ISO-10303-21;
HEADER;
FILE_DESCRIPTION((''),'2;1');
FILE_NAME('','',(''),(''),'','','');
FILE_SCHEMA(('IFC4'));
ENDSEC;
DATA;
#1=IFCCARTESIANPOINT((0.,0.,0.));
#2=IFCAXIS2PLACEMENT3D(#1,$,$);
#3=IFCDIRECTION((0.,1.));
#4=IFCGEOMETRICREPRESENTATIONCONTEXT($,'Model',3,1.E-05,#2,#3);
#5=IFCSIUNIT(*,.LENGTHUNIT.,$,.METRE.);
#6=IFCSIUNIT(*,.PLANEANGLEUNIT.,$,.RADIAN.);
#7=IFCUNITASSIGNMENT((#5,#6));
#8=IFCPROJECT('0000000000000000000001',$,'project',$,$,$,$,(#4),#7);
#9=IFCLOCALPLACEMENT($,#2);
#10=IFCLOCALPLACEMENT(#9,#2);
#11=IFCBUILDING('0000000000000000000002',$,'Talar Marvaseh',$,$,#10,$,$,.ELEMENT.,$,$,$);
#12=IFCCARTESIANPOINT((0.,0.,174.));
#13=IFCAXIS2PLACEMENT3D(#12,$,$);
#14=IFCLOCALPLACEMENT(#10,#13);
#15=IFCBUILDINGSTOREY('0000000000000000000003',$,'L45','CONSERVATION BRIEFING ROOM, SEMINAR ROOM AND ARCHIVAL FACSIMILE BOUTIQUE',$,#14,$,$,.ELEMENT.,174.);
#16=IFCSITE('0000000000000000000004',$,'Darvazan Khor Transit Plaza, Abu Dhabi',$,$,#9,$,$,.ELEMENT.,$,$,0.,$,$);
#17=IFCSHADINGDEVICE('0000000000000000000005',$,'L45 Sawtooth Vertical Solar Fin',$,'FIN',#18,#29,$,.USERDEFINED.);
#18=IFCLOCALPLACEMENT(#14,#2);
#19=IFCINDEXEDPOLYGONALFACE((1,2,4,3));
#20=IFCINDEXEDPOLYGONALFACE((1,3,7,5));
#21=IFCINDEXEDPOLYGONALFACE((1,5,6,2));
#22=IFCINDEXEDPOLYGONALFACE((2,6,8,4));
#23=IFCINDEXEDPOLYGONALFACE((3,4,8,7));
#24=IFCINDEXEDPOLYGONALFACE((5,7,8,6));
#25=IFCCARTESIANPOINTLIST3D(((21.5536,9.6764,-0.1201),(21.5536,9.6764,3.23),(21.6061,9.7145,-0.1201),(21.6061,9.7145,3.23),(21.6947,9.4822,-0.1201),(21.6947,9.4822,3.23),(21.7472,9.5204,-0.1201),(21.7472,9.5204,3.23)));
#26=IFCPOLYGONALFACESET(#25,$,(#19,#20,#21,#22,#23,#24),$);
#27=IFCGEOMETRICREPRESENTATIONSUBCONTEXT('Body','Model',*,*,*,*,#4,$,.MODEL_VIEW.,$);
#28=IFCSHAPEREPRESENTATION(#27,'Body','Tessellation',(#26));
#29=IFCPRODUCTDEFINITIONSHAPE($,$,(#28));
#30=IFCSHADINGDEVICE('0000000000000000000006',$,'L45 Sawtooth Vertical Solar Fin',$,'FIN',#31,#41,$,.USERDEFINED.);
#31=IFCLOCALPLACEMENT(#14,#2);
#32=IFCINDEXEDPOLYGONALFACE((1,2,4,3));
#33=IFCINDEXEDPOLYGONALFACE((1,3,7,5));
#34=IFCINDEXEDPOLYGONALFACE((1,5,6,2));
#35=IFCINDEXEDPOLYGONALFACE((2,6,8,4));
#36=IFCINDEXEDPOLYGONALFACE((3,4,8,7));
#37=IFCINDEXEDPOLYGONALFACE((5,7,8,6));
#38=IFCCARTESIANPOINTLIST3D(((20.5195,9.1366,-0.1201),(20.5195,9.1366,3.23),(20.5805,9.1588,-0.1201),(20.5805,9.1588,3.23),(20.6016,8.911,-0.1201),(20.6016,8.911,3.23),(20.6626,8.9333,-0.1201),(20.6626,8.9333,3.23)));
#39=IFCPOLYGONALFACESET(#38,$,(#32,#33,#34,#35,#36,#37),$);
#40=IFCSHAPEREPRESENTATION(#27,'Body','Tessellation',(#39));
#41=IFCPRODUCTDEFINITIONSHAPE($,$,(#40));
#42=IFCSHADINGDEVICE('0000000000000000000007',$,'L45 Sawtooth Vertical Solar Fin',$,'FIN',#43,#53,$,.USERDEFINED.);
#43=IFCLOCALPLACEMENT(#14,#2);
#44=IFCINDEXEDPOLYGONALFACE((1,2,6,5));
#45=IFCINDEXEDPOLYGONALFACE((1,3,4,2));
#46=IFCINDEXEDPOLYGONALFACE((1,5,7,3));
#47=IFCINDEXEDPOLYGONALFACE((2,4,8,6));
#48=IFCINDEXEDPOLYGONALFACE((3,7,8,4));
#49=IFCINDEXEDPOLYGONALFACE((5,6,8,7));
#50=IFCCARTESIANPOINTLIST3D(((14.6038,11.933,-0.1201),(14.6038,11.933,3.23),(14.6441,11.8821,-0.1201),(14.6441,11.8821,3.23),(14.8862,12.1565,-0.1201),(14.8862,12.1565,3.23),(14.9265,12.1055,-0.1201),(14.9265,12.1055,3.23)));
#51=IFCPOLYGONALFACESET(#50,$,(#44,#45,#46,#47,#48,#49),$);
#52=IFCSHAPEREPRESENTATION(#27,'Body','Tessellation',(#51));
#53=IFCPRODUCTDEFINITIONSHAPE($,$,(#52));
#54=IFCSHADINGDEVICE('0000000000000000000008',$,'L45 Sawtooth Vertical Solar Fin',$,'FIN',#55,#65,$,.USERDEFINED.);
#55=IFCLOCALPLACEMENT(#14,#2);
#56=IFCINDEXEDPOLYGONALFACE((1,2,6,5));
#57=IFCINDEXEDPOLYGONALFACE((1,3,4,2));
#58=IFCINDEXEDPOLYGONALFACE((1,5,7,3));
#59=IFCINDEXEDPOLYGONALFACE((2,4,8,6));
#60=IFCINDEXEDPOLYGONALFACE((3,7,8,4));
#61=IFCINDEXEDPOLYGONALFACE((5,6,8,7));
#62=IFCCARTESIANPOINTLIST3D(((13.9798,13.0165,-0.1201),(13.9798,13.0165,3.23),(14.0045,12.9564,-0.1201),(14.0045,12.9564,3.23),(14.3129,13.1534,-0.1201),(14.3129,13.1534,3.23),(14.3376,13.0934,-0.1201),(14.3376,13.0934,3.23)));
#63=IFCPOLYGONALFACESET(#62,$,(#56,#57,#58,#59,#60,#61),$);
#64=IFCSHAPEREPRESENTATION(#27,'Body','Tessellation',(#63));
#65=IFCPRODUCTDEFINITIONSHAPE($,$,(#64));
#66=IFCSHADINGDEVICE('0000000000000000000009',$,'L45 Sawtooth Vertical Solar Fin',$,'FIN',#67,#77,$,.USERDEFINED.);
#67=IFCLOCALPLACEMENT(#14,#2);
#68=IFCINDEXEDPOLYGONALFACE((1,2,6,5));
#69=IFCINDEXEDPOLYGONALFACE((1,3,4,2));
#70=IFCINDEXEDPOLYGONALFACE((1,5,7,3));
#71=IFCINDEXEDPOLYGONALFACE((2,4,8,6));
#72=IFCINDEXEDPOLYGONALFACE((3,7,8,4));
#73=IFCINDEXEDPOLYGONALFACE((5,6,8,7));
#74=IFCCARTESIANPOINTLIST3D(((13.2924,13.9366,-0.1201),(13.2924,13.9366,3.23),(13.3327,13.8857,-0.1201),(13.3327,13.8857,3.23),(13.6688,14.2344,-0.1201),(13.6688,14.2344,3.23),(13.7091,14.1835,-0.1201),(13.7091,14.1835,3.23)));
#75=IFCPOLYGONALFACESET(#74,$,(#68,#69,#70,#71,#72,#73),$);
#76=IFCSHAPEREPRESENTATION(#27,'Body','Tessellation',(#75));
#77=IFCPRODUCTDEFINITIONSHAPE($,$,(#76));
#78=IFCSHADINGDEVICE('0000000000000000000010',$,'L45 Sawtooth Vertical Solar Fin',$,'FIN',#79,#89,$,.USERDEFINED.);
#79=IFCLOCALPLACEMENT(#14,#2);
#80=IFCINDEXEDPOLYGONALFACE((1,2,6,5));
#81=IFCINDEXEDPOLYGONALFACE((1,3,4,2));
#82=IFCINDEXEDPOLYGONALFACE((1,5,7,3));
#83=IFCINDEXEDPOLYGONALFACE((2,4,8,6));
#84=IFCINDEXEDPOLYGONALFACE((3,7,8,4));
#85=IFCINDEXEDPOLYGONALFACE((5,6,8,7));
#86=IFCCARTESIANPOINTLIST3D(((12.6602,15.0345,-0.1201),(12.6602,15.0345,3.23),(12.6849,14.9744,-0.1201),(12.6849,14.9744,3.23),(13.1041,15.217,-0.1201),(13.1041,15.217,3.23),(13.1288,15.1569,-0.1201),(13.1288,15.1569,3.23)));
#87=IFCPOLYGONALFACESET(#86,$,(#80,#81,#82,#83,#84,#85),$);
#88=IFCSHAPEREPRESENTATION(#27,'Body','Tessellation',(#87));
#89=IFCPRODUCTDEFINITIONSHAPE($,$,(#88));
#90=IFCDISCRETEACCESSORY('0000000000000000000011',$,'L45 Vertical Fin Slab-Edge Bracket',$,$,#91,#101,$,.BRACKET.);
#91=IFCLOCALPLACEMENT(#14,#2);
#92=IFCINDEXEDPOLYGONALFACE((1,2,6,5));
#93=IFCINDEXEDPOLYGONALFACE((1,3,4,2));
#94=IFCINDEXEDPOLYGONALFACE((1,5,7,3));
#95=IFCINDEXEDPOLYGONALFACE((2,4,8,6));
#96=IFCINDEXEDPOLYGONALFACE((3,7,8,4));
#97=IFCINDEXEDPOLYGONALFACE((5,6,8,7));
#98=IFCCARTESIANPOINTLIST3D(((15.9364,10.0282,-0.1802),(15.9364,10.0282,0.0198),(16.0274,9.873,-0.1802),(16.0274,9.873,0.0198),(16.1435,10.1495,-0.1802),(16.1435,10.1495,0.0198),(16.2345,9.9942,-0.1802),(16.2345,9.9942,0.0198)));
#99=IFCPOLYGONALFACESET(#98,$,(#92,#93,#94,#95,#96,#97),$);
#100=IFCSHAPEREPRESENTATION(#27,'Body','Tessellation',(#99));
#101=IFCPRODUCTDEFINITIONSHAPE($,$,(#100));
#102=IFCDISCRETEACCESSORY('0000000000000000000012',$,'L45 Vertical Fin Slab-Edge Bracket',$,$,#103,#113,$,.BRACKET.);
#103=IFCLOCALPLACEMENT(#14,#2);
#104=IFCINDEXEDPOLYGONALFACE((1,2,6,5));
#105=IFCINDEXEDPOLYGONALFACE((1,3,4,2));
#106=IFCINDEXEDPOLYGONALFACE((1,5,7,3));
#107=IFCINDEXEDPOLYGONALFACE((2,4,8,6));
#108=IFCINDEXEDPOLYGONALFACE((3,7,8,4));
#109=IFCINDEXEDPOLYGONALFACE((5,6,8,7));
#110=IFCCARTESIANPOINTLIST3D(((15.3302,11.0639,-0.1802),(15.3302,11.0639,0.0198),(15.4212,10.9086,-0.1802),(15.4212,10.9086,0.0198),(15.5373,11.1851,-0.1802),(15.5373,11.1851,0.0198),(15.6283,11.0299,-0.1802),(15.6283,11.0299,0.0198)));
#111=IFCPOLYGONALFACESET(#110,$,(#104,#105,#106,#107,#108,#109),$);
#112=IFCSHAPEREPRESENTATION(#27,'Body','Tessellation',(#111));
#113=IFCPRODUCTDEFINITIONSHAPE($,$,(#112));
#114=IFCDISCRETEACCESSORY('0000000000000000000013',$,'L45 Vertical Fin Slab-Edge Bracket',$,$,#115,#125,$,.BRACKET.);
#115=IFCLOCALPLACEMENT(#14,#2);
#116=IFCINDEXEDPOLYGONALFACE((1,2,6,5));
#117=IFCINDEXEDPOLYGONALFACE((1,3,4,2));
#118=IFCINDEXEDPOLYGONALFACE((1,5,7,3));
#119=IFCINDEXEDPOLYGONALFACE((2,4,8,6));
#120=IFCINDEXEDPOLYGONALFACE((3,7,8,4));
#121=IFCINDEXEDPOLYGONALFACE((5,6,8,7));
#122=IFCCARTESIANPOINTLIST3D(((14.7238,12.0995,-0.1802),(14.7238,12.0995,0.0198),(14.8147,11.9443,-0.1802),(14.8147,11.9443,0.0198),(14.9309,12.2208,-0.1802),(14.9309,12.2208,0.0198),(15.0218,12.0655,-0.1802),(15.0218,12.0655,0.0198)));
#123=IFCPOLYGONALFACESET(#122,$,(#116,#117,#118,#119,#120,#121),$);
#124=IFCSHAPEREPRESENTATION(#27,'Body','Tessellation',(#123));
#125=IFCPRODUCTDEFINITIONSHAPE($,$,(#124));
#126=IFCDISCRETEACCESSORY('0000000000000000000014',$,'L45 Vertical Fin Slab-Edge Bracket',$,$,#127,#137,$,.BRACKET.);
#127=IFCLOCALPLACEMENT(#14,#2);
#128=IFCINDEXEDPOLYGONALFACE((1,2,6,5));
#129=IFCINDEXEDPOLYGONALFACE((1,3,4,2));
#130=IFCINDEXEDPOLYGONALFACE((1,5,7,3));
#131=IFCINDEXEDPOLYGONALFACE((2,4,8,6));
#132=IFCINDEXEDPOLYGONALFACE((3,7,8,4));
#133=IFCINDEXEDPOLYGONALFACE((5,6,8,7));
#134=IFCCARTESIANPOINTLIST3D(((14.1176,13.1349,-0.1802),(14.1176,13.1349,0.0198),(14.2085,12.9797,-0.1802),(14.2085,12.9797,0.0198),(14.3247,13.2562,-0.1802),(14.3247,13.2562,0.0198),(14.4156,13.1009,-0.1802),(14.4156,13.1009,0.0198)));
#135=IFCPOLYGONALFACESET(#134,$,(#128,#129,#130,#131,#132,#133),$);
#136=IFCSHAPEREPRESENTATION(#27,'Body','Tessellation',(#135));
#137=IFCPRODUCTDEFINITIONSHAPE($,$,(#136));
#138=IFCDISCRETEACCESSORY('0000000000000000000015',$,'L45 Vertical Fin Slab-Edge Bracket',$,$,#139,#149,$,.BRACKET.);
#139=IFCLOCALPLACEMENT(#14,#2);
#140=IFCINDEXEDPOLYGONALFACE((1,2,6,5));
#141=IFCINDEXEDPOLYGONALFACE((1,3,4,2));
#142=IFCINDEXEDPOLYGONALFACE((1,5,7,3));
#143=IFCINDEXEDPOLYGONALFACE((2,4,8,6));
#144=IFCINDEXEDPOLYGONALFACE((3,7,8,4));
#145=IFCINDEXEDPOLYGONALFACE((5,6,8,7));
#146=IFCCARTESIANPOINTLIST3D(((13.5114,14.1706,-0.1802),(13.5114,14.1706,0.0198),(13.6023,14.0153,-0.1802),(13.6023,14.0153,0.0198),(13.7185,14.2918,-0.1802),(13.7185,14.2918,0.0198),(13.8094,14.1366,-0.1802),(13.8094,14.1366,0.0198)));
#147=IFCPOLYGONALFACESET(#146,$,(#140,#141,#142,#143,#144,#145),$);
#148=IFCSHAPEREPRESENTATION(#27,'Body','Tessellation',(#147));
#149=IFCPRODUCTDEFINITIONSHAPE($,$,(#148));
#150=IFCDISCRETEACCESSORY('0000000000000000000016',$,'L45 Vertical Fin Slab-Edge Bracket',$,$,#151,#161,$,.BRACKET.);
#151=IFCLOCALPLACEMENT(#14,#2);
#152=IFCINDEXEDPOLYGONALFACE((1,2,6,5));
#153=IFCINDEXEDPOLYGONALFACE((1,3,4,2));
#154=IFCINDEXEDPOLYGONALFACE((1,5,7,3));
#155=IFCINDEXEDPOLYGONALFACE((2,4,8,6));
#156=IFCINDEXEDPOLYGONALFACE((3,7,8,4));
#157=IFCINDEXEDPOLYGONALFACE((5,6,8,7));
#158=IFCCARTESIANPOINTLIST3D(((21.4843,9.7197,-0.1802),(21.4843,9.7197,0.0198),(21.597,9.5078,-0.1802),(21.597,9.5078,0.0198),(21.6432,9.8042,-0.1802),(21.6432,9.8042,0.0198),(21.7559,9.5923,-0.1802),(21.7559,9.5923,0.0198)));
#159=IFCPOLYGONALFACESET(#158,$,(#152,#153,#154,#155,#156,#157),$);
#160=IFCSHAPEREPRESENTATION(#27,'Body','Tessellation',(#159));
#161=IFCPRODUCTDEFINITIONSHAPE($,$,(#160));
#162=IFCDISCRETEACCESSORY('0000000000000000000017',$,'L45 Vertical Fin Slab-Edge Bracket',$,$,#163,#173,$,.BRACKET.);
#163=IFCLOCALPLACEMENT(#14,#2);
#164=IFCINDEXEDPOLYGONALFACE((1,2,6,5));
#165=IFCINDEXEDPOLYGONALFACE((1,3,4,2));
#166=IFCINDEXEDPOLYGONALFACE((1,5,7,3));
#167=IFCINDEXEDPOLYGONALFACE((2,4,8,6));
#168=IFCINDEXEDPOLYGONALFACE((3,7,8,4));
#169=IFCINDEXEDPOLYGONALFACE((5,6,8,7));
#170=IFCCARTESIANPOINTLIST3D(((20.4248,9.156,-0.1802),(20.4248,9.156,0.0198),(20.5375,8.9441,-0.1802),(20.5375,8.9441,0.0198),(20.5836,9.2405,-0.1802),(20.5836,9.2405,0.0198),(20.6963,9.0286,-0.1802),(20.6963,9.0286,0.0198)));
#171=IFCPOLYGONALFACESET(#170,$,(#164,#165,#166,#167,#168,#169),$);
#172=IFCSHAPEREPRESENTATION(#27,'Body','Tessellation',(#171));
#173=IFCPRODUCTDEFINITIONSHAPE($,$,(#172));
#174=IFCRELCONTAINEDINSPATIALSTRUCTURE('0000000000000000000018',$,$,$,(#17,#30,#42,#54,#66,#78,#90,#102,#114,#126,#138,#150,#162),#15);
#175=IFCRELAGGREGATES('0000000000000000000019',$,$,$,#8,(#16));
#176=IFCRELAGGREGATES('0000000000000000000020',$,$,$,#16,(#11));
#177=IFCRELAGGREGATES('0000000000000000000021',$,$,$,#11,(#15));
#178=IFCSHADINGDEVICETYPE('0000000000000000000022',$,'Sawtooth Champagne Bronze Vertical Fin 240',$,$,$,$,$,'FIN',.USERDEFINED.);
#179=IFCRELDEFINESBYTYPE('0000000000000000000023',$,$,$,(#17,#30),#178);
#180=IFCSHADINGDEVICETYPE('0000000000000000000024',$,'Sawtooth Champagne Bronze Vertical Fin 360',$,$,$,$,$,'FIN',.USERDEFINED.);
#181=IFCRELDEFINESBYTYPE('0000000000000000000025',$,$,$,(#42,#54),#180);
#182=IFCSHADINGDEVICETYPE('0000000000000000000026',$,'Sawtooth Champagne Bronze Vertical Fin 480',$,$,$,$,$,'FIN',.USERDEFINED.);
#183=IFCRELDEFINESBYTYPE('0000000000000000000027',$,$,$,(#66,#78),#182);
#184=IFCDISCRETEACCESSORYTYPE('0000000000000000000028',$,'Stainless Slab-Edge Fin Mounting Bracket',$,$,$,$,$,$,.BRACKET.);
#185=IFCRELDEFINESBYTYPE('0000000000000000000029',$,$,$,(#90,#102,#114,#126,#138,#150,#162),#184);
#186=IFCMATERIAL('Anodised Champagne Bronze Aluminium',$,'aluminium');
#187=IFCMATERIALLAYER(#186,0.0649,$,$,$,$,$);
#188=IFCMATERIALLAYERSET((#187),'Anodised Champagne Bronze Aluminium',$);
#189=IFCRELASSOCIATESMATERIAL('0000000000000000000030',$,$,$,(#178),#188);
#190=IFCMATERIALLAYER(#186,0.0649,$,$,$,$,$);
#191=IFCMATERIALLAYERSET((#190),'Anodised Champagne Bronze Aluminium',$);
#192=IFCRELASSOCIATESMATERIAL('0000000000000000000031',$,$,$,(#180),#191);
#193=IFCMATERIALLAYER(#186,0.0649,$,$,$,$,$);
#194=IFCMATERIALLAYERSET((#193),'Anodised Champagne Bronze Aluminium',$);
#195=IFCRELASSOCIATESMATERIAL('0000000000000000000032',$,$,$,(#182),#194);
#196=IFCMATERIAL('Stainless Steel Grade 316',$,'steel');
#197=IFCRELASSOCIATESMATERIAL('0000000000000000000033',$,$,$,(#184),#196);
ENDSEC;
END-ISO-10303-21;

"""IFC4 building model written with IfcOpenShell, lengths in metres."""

from ifc_helpers import new_model, si_unit, direction, frame, origin, origin_2d, place, context, subcontext, project, spatial, rectangle, extrude, source, transform, mapped, material, layer, layer_set, type_object, type_shapes, element, save


model = new_model("IFC4")

# Units and contexts
model_context = context("Model", 3, precision=1e-05, world=origin(), true_north=direction((0.0, 1.0)))
body_context = subcontext(model_context, "Body", "Model", "MODEL_VIEW")
ifc_project = project(units=[si_unit("LENGTHUNIT", "METRE"), si_unit("PLANEANGLEUNIT", "RADIAN")], contexts=[model_context])

# Site, building, storey
site_placement = place(None, origin())
site = spatial("IfcSite", under=ifc_project, at=site_placement, Name="Darvazan Khor Transit Plaza, Abu Dhabi", CompositionType="ELEMENT", RefElevation=0.0)
building_placement = place(site_placement, origin())
building = spatial("IfcBuilding", under=site, at=building_placement, Name="Talar Marvaseh", CompositionType="ELEMENT")
storey_placement = place(building_placement, frame((0.0, 0.0, 174.0)))
storey = spatial("IfcBuildingStorey", under=building, at=storey_placement, Name="L45", Description="CONSERVATION BRIEFING ROOM, SEMINAR ROOM AND ARCHIVAL FACSIMILE BOUTIQUE", CompositionType="ELEMENT", Elevation=174.0)

# Shading devices
ifc_material_1 = material(Name="Anodised Champagne Bronze Aluminium", Category="aluminium")
ifc_layer_1 = layer(ifc_material_1, 0.0649)
ifc_layer_set_1 = layer_set([ifc_layer_1], Name="Anodised Champagne Bronze Aluminium")
shading_device_type_1 = type_object("IfcShadingDeviceType", Name="Sawtooth Champagne Bronze Vertical Fin 240", ElementType="FIN", PredefinedType="USERDEFINED", material=ifc_layer_set_1)
shared_shape_1 = source(origin(), body_context, "Body", "SweptSolid", [
    extrude(rectangle(XDim=0.24, YDim=0.0649, at=origin_2d()), origin(), (0.0, 0.0, 1.0), 3.3501),
])
type_shapes(shading_device_type_1, [shared_shape_1])
for number, where, z_axis, x_axis, name in (
    (1, (21.6504, 9.5984, -0.1201), (0.0, 0.0, 1.0), (0.587926, -0.808914, 0.0), "L45 Sawtooth Vertical Solar Fin"),
    (2, (20.5911, 9.0349, -0.1201), (0.0, 0.0, 1.0), (0.342184, -0.939633, 0.0), "L45 Sawtooth Vertical Solar Fin"),
):
    element("IfcShadingDevice", number, at=place(storey_placement, frame(where, z_axis=z_axis, x_axis=x_axis)), inside=storey, type_object=shading_device_type_1, Name=name, ObjectType="FIN", PredefinedType="USERDEFINED", context=body_context, shape_type="MappedRepresentation", body=[
        mapped(shared_shape_1, transform((0.0, 0.0, 0.0), x_axis=(1.0, 0.0, 0.0), y_axis=(0.0, 1.0, 0.0), z_axis=(0.0, 0.0, 1.0), scale=1.0)),
    ])
ifc_layer_2 = layer(ifc_material_1, 0.0649)
ifc_layer_set_2 = layer_set([ifc_layer_2], Name="Anodised Champagne Bronze Aluminium")
shading_device_type_2 = type_object("IfcShadingDeviceType", Name="Sawtooth Champagne Bronze Vertical Fin 360", ElementType="FIN", PredefinedType="USERDEFINED", material=ifc_layer_set_2)
shared_shape_2 = source(origin(), body_context, "Body", "SweptSolid", [
    extrude(rectangle(XDim=0.3601, YDim=0.0649, at=origin_2d()), origin(), (0.0, 0.0, 1.0), 3.3501),
])
type_shapes(shading_device_type_2, [shared_shape_2])
for number, where, z_axis, x_axis, name in (
    (3, (14.7651, 12.0193, -0.1201), (0.0, 0.0, 1.0), (-0.784235, -0.620464, 0.0), "L45 Sawtooth Vertical Solar Fin"),
    (4, (14.1587, 13.0549, -0.1201), (0.0, 0.0, 1.0), (-0.924878, -0.380263, 0.0), "L45 Sawtooth Vertical Solar Fin"),
):
    element("IfcShadingDevice", number, at=place(storey_placement, frame(where, z_axis=z_axis, x_axis=x_axis)), inside=storey, type_object=shading_device_type_2, Name=name, ObjectType="FIN", PredefinedType="USERDEFINED", context=body_context, shape_type="MappedRepresentation", body=[
        mapped(shared_shape_2, transform((0.0, 0.0, 0.0), x_axis=(1.0, 0.0, 0.0), y_axis=(0.0, 1.0, 0.0), z_axis=(0.0, 0.0, 1.0), scale=1.0)),
    ])
ifc_layer_3 = layer(ifc_material_1, 0.0649)
ifc_layer_set_3 = layer_set([ifc_layer_3], Name="Anodised Champagne Bronze Aluminium")
shading_device_type_3 = type_object("IfcShadingDeviceType", Name="Sawtooth Champagne Bronze Vertical Fin 480", ElementType="FIN", PredefinedType="USERDEFINED", material=ifc_layer_set_3)
shared_shape_3 = source(origin(), body_context, "Body", "SweptSolid", [
    extrude(rectangle(XDim=0.48, YDim=0.0649, at=origin_2d()), origin(), (0.0, 0.0, 1.0), 3.3501),
])
type_shapes(shading_device_type_3, [shared_shape_3])
for number, where, z_axis, x_axis, name in (
    (5, (13.5007, 14.0601, -0.1201), (0.0, 0.0, 1.0), (-0.784235, -0.620464, 0.0), "L45 Sawtooth Vertical Solar Fin"),
    (6, (12.8945, 15.0957, -0.1201), (0.0, 0.0, 1.0), (-0.924878, -0.380263, 0.0), "L45 Sawtooth Vertical Solar Fin"),
):
    element("IfcShadingDevice", number, at=place(storey_placement, frame(where, z_axis=z_axis, x_axis=x_axis)), inside=storey, type_object=shading_device_type_3, Name=name, ObjectType="FIN", PredefinedType="USERDEFINED", context=body_context, shape_type="MappedRepresentation", body=[
        mapped(shared_shape_3, transform((0.0, 0.0, 0.0), x_axis=(1.0, 0.0, 0.0), y_axis=(0.0, 1.0, 0.0), z_axis=(0.0, 0.0, 1.0), scale=1.0)),
    ])

# Discrete accessories
ifc_material_2 = material(Name="Stainless Steel Grade 316", Category="steel")
discrete_accessory_type = type_object("IfcDiscreteAccessoryType", Name="Stainless Slab-Edge Fin Mounting Bracket", PredefinedType="BRACKET", material=ifc_material_2)
shared_shape_4 = source(origin(), body_context, "Body", "SweptSolid", [
    extrude(rectangle(XDim=0.24, YDim=0.1799, at=origin_2d()), origin(), (0.0, 0.0, 1.0), 0.2),
])
type_shapes(discrete_accessory_type, [shared_shape_4])
for number, where, z_axis, x_axis, name in (
    (7, (16.0854, 10.0112, -0.1802), (0.0, 0.0, 1.0), (-0.862955, -0.505281, 0.0), "L45 Vertical Fin Slab-Edge Bracket"),
    (8, (15.4792, 11.0469, -0.1802), (0.0, 0.0, 1.0), (-0.862955, -0.505281, 0.0), "L45 Vertical Fin Slab-Edge Bracket"),
    (9, (14.8728, 12.0825, -0.1802), (0.0, 0.0, 1.0), (-0.862955, -0.505281, 0.0), "L45 Vertical Fin Slab-Edge Bracket"),
    (10, (14.2666, 13.1179, -0.1802), (0.0, 0.0, 1.0), (-0.862955, -0.505281, 0.0), "L45 Vertical Fin Slab-Edge Bracket"),
    (11, (13.6604, 14.1536, -0.1802), (0.0, 0.0, 1.0), (-0.862955, -0.505281, 0.0), "L45 Vertical Fin Slab-Edge Bracket"),
    (12, (21.6201, 9.656, -0.1802), (0.0, 0.0, 1.0), (0.469626, -0.882866, 0.0), "L45 Vertical Fin Slab-Edge Bracket"),
    (13, (20.5605, 9.0923, -0.1802), (0.0, 0.0, 1.0), (0.469626, -0.882866, 0.0), "L45 Vertical Fin Slab-Edge Bracket"),
):
    element("IfcDiscreteAccessory", number, at=place(storey_placement, frame(where, z_axis=z_axis, x_axis=x_axis)), inside=storey, type_object=discrete_accessory_type, Name=name, PredefinedType="BRACKET", context=body_context, shape_type="MappedRepresentation", body=[
        mapped(shared_shape_4, transform((0.0, 0.0, 0.0), x_axis=(1.0, 0.0, 0.0), y_axis=(0.0, 1.0, 0.0), z_axis=(0.0, 0.0, 1.0), scale=1.0)),
    ])

save(model, "model.ifc")
